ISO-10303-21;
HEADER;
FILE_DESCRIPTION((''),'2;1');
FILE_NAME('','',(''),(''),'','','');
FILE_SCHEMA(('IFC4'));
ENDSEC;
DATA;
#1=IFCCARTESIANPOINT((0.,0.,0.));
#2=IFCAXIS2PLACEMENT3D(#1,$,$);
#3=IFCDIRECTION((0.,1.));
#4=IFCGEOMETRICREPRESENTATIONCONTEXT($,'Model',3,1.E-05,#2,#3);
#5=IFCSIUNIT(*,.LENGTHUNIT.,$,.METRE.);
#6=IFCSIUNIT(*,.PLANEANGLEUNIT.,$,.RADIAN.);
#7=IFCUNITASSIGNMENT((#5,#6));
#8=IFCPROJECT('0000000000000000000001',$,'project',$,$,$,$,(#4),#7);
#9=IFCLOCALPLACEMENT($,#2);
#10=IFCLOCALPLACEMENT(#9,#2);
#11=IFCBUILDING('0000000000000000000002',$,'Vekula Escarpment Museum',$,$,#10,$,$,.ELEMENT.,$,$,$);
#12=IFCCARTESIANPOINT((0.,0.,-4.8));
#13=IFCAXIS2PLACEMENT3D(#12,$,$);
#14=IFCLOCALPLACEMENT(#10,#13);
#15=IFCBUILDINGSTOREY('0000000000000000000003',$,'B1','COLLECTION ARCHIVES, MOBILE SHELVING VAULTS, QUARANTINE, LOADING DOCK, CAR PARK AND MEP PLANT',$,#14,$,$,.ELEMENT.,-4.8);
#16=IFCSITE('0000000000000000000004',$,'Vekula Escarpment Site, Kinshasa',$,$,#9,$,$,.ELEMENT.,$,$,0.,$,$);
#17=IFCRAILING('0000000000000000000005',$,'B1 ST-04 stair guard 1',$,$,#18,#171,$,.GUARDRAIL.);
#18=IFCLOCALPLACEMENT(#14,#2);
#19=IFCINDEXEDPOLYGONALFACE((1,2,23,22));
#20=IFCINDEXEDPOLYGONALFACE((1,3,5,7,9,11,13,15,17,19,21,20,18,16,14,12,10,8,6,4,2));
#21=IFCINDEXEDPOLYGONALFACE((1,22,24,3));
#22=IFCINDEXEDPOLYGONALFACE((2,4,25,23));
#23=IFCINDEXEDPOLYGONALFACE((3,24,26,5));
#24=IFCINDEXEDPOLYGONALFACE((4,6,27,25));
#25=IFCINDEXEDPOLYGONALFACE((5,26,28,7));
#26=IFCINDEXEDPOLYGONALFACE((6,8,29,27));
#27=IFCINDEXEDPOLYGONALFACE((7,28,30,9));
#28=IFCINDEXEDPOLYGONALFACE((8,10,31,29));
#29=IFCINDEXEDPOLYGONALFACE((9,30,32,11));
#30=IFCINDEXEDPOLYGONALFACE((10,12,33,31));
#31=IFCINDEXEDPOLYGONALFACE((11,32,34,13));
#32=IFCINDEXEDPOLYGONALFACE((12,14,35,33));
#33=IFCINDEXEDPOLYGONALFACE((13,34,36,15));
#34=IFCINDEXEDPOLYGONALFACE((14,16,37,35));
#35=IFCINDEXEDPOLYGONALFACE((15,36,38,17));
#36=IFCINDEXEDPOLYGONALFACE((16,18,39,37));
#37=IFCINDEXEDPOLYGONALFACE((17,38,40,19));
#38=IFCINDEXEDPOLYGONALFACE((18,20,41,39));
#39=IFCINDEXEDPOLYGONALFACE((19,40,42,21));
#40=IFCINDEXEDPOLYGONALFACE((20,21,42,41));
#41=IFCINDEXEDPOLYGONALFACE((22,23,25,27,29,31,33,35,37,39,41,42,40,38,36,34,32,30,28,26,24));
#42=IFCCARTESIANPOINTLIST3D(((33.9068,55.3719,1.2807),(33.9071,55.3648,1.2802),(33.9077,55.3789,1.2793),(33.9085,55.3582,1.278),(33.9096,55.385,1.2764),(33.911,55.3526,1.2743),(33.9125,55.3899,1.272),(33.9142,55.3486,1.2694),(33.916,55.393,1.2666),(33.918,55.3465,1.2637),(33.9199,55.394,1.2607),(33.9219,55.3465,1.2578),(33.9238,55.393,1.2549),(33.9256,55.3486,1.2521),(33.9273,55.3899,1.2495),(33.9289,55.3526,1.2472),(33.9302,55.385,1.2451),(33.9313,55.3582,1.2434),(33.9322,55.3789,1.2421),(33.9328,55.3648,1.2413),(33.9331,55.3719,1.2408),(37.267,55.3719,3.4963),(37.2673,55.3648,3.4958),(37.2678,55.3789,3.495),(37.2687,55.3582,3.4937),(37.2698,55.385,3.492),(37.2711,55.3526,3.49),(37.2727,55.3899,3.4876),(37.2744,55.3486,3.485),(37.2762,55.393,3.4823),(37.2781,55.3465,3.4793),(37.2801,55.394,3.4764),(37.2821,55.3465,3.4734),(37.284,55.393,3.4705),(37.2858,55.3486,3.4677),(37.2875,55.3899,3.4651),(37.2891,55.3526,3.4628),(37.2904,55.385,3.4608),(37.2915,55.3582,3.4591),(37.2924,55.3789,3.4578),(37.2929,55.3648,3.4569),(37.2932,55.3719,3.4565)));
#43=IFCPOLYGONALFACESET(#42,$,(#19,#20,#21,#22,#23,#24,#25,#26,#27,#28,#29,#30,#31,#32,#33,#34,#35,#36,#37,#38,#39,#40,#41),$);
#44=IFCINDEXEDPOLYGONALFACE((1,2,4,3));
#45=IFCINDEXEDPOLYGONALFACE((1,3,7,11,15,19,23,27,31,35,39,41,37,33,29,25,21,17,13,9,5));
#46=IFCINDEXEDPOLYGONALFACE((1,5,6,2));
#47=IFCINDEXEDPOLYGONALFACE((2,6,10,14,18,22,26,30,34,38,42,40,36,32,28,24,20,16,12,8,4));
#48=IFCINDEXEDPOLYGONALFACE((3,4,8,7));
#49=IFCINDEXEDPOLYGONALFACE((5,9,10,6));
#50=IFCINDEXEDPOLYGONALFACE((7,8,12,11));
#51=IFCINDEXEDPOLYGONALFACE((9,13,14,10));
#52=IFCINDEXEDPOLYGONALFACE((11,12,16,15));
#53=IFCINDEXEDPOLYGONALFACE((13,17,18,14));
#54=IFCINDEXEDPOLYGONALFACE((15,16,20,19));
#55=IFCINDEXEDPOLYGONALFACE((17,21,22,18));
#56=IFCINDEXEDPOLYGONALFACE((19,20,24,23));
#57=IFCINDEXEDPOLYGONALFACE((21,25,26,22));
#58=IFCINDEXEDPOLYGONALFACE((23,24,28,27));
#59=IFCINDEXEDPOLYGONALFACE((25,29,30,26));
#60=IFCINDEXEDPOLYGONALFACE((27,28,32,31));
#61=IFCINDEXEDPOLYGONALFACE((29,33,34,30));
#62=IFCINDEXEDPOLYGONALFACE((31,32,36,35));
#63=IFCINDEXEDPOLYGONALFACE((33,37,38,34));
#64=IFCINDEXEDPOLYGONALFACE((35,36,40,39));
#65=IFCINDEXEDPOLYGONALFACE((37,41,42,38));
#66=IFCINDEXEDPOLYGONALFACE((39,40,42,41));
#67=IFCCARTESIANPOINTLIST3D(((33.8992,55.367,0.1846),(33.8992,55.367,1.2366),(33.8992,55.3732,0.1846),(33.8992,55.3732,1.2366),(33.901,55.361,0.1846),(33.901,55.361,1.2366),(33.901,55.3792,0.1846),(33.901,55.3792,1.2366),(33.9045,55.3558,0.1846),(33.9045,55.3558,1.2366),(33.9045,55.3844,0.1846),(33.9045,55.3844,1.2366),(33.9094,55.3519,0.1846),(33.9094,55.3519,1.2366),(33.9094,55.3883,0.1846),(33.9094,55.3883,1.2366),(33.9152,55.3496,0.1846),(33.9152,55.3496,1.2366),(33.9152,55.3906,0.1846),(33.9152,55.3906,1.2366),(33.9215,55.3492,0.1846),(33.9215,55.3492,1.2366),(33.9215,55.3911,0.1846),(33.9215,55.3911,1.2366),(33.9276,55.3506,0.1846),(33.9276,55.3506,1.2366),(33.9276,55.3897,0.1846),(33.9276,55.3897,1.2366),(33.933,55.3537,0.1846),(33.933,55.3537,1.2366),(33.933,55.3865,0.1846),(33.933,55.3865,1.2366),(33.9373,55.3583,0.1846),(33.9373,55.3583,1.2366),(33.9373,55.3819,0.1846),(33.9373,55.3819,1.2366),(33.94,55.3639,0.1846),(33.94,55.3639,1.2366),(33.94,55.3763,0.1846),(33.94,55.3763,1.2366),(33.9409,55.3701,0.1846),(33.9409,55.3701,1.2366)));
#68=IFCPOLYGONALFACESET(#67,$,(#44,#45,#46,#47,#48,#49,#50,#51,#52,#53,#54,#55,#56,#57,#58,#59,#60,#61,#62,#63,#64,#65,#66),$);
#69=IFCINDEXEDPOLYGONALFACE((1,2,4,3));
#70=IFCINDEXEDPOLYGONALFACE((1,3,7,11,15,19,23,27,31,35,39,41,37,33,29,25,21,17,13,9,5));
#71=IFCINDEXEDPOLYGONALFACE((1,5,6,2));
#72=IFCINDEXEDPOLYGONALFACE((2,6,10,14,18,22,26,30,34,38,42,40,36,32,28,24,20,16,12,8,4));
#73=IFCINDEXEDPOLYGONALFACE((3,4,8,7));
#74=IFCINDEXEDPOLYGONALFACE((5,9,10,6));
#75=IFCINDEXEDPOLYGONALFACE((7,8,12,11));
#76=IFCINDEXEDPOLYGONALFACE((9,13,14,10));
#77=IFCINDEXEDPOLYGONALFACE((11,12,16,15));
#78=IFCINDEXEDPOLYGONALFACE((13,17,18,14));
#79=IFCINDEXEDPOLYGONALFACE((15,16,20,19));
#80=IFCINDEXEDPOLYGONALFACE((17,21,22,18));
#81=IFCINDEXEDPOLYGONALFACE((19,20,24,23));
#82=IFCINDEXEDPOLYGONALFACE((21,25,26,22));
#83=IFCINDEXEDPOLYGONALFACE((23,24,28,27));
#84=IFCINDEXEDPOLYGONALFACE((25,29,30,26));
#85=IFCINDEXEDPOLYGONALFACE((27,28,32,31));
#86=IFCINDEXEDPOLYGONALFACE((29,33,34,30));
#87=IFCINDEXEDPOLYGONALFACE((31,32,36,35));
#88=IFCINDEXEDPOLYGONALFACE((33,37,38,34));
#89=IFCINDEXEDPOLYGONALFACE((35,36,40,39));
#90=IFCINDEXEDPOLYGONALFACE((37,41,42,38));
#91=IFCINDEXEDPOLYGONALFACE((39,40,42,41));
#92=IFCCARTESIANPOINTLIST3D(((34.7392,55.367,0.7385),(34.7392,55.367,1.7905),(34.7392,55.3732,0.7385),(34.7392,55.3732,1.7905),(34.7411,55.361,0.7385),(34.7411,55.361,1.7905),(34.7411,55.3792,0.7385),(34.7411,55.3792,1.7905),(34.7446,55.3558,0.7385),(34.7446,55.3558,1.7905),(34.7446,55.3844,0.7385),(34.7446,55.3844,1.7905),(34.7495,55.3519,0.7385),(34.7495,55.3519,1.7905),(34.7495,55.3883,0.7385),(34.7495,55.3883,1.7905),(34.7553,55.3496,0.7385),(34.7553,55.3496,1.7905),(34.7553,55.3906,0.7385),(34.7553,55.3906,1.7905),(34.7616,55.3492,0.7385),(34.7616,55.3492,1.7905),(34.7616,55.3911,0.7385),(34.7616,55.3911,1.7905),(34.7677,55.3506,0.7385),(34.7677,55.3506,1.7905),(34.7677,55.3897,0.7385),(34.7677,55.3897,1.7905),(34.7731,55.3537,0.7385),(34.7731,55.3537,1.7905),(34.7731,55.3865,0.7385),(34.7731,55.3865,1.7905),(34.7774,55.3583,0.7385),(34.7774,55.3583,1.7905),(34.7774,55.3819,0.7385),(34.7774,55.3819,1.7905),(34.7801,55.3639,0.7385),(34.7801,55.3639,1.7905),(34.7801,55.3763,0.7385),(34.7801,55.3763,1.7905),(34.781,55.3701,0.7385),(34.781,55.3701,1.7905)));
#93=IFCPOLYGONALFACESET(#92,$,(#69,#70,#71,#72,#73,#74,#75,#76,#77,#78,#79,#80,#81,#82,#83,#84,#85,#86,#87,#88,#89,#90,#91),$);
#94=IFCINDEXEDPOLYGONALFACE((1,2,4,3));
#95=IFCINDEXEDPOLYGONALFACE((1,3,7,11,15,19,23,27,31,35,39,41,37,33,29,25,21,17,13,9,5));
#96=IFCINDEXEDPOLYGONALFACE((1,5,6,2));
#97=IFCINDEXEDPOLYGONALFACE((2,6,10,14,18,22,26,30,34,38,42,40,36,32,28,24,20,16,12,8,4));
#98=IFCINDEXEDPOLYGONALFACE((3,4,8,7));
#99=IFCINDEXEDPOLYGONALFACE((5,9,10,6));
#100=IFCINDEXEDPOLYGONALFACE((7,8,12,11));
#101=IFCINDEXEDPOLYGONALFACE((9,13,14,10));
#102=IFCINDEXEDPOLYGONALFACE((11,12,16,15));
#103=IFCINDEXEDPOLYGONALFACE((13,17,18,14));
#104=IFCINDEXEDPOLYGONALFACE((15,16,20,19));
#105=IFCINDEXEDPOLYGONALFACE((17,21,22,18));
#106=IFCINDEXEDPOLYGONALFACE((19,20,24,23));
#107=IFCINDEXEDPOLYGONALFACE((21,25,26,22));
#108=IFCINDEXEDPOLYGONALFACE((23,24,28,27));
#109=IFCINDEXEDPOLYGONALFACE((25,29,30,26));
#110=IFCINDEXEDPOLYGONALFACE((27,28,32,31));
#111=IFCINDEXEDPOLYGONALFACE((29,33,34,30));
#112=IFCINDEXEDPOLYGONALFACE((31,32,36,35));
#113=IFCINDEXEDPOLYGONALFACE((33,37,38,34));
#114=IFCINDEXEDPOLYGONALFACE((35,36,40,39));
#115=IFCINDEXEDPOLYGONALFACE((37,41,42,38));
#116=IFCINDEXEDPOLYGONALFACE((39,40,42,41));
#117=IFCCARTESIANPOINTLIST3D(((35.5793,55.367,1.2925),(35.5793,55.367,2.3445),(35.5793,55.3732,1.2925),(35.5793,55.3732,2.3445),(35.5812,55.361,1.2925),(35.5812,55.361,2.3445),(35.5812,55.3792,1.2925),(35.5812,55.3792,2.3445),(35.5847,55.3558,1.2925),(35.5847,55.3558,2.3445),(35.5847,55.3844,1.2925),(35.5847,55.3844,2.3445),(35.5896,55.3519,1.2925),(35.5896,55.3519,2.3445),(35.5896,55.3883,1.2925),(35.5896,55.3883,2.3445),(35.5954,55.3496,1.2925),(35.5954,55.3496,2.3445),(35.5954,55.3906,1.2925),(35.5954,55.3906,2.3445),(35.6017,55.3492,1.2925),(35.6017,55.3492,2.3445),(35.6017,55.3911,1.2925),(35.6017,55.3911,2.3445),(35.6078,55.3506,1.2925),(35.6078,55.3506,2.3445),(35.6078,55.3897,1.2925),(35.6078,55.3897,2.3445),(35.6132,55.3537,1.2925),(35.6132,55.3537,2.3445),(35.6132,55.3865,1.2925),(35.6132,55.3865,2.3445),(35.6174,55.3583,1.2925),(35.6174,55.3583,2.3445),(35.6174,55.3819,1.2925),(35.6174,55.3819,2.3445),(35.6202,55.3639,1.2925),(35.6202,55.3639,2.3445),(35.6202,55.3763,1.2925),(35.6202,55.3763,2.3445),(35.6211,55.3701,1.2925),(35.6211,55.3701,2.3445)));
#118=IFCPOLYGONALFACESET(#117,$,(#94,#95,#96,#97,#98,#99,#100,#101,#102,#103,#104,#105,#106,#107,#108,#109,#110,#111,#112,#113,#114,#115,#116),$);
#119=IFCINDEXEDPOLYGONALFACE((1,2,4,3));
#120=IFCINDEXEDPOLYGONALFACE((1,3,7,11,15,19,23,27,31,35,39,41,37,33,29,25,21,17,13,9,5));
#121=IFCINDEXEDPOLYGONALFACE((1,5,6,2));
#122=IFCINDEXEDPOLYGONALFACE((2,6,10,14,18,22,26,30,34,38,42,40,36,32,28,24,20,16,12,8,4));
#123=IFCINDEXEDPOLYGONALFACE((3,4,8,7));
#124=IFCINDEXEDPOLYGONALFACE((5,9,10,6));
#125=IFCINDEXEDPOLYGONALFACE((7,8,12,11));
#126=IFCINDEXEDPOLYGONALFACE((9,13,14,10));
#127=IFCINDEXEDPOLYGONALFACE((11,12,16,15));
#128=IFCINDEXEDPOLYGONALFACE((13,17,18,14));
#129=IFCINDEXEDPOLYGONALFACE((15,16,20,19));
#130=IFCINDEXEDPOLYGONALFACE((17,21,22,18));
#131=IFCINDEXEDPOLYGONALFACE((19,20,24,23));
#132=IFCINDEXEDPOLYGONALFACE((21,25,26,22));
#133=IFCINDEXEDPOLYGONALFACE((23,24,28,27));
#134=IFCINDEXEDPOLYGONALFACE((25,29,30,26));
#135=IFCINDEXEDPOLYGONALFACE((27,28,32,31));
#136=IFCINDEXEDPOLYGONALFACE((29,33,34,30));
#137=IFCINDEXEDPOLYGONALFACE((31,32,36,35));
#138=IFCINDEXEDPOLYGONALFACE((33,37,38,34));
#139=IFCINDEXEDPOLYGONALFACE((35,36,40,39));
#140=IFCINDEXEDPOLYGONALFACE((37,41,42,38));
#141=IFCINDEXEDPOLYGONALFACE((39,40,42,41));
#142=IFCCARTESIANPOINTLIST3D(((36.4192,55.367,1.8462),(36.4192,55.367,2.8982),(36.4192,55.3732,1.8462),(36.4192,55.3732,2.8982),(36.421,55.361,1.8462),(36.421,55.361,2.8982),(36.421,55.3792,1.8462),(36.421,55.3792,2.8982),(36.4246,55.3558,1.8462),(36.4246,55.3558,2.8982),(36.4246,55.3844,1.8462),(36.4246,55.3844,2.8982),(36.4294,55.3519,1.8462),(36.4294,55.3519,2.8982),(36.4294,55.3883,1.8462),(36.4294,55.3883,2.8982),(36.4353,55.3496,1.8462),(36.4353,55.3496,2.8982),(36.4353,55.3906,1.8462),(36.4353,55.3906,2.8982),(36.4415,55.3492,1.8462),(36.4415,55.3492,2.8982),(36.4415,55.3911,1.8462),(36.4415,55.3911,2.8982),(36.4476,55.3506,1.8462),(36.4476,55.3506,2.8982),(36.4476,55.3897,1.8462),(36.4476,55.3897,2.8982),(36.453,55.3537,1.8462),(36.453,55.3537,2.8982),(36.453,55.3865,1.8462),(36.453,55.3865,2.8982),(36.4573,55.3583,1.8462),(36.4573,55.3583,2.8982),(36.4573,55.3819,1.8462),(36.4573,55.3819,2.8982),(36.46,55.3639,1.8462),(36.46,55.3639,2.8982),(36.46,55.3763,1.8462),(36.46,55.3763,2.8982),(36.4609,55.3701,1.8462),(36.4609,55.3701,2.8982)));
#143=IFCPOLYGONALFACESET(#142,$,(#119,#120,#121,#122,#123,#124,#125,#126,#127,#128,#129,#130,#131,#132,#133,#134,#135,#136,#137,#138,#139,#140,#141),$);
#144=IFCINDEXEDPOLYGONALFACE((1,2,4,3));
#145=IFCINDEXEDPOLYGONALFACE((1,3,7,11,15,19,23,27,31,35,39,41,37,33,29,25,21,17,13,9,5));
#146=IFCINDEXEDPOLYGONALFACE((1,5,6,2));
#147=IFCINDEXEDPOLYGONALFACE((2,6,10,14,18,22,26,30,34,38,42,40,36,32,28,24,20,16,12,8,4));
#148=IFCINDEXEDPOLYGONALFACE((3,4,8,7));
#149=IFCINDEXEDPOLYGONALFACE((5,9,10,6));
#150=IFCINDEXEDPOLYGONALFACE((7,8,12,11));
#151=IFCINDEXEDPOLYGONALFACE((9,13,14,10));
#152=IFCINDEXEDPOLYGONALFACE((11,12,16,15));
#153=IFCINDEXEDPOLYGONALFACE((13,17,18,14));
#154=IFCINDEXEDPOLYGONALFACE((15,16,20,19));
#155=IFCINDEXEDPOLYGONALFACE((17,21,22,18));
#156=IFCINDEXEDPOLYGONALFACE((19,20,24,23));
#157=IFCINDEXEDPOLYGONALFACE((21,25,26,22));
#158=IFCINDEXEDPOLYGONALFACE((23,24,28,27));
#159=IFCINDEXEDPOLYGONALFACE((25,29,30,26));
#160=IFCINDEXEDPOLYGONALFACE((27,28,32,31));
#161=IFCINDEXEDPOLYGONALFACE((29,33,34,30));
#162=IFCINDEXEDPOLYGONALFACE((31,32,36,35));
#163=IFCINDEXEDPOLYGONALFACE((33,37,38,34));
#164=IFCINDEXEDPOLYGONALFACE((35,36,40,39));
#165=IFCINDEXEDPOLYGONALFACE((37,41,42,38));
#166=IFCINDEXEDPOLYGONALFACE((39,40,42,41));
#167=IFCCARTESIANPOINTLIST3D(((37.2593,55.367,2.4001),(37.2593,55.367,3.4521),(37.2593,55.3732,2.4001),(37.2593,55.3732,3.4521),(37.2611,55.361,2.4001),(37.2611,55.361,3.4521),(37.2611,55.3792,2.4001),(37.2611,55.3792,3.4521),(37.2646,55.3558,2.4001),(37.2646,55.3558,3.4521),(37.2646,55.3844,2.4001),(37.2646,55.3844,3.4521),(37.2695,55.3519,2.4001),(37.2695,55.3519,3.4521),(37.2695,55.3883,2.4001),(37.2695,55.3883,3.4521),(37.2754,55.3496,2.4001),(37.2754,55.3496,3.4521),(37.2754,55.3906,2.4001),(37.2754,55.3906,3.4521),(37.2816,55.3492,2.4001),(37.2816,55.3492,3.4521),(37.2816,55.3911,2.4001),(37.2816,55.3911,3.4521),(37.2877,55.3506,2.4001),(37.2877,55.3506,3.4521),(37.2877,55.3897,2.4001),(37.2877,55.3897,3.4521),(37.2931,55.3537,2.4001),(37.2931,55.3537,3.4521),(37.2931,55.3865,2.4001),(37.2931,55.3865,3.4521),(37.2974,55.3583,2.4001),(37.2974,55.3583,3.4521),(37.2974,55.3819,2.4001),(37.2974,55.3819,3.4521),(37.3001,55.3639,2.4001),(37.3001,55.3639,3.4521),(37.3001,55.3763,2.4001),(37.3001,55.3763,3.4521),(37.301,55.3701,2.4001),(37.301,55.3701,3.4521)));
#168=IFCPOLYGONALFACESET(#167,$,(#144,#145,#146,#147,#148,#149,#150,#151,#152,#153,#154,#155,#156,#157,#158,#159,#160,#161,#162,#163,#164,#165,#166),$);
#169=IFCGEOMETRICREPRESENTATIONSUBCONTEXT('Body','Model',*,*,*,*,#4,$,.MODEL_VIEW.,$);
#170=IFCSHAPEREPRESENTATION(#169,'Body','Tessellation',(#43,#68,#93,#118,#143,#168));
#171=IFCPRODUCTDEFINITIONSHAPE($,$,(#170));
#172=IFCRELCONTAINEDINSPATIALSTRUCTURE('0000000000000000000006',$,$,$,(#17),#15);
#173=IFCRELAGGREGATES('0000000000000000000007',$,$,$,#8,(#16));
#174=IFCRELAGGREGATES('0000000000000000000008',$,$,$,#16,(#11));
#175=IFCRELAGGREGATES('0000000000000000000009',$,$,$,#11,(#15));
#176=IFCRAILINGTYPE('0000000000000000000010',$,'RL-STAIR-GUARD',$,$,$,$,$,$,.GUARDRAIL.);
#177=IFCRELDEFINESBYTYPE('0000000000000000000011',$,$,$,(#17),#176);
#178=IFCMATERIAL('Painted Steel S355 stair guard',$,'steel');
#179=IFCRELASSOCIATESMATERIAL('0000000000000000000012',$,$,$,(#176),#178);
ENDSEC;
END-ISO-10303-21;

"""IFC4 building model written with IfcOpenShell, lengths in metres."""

from ifc_helpers import new_model, si_unit, direction, frame, origin, origin_2d, place, context, subcontext, project, spatial, circle, extrude, material, type_object, element, save


model = new_model("IFC4")

# Units and contexts
model_context = context("Model", 3, precision=1e-05, world=origin(), true_north=direction((0.0, 1.0)))
body_context = subcontext(model_context, "Body", "Model", "MODEL_VIEW")
ifc_project = project(units=[si_unit("LENGTHUNIT", "METRE"), si_unit("PLANEANGLEUNIT", "RADIAN")], contexts=[model_context])

# Site, building, storey
site_placement = place(None, origin())
site = spatial("IfcSite", under=ifc_project, at=site_placement, Name="Vekula Escarpment Site, Kinshasa", CompositionType="ELEMENT", RefElevation=0.0)
building_placement = place(site_placement, origin())
building = spatial("IfcBuilding", under=site, at=building_placement, Name="Vekula Escarpment Museum", CompositionType="ELEMENT")
storey_placement = place(building_placement, frame((0.0, 0.0, -4.8)))
storey = spatial("IfcBuildingStorey", under=building, at=storey_placement, Name="B1", Description="COLLECTION ARCHIVES, MOBILE SHELVING VAULTS, QUARANTINE, LOADING DOCK, CAR PARK AND MEP PLANT", CompositionType="ELEMENT", Elevation=-4.8)

# Railing
ifc_material_1 = material(Name="Painted Steel S355 stair guard", Category="steel")
railing_type_1 = type_object("IfcRailingType", Name="RL-STAIR-GUARD", PredefinedType="GUARDRAIL", material=ifc_material_1)
railing_1_placement = place(storey_placement, frame((33.9199, 55.3701, 0.1846)))
element("IfcRailing", 1, at=railing_1_placement, inside=storey, type_object=railing_type_1, Name="B1 ST-04 stair guard 1", PredefinedType="GUARDRAIL", context=body_context, shape_type="SweptSolid", body=[
    extrude(circle(Radius=0.0239, at=origin_2d()), frame((0.0, 0.0, 1.0762), z_axis=(0.834849, 0.0, 0.55048), x_axis=(0.0, 1.0, 0.0)), (0.0, 0.0, 1.0), 4.0249),
    extrude(circle(Radius=0.021, at=origin_2d()), origin(), (0.0, 0.0, 1.0), 1.052),
    extrude(circle(Radius=0.021, at=origin_2d()), frame((0.8401, 0.0, 0.554)), (0.0, 0.0, 1.0), 1.052),
    extrude(circle(Radius=0.021, at=origin_2d()), frame((1.6802, 0.0, 1.1079)), (0.0, 0.0, 1.0), 1.052),
    extrude(circle(Radius=0.021, at=origin_2d()), frame((2.52, 0.0, 1.6616)), (0.0, 0.0, 1.0), 1.052),
    extrude(circle(Radius=0.021, at=origin_2d()), frame((3.3601, 0.0, 2.2156)), (0.0, 0.0, 1.0), 1.052),
])

save(model, "model.ifc")
